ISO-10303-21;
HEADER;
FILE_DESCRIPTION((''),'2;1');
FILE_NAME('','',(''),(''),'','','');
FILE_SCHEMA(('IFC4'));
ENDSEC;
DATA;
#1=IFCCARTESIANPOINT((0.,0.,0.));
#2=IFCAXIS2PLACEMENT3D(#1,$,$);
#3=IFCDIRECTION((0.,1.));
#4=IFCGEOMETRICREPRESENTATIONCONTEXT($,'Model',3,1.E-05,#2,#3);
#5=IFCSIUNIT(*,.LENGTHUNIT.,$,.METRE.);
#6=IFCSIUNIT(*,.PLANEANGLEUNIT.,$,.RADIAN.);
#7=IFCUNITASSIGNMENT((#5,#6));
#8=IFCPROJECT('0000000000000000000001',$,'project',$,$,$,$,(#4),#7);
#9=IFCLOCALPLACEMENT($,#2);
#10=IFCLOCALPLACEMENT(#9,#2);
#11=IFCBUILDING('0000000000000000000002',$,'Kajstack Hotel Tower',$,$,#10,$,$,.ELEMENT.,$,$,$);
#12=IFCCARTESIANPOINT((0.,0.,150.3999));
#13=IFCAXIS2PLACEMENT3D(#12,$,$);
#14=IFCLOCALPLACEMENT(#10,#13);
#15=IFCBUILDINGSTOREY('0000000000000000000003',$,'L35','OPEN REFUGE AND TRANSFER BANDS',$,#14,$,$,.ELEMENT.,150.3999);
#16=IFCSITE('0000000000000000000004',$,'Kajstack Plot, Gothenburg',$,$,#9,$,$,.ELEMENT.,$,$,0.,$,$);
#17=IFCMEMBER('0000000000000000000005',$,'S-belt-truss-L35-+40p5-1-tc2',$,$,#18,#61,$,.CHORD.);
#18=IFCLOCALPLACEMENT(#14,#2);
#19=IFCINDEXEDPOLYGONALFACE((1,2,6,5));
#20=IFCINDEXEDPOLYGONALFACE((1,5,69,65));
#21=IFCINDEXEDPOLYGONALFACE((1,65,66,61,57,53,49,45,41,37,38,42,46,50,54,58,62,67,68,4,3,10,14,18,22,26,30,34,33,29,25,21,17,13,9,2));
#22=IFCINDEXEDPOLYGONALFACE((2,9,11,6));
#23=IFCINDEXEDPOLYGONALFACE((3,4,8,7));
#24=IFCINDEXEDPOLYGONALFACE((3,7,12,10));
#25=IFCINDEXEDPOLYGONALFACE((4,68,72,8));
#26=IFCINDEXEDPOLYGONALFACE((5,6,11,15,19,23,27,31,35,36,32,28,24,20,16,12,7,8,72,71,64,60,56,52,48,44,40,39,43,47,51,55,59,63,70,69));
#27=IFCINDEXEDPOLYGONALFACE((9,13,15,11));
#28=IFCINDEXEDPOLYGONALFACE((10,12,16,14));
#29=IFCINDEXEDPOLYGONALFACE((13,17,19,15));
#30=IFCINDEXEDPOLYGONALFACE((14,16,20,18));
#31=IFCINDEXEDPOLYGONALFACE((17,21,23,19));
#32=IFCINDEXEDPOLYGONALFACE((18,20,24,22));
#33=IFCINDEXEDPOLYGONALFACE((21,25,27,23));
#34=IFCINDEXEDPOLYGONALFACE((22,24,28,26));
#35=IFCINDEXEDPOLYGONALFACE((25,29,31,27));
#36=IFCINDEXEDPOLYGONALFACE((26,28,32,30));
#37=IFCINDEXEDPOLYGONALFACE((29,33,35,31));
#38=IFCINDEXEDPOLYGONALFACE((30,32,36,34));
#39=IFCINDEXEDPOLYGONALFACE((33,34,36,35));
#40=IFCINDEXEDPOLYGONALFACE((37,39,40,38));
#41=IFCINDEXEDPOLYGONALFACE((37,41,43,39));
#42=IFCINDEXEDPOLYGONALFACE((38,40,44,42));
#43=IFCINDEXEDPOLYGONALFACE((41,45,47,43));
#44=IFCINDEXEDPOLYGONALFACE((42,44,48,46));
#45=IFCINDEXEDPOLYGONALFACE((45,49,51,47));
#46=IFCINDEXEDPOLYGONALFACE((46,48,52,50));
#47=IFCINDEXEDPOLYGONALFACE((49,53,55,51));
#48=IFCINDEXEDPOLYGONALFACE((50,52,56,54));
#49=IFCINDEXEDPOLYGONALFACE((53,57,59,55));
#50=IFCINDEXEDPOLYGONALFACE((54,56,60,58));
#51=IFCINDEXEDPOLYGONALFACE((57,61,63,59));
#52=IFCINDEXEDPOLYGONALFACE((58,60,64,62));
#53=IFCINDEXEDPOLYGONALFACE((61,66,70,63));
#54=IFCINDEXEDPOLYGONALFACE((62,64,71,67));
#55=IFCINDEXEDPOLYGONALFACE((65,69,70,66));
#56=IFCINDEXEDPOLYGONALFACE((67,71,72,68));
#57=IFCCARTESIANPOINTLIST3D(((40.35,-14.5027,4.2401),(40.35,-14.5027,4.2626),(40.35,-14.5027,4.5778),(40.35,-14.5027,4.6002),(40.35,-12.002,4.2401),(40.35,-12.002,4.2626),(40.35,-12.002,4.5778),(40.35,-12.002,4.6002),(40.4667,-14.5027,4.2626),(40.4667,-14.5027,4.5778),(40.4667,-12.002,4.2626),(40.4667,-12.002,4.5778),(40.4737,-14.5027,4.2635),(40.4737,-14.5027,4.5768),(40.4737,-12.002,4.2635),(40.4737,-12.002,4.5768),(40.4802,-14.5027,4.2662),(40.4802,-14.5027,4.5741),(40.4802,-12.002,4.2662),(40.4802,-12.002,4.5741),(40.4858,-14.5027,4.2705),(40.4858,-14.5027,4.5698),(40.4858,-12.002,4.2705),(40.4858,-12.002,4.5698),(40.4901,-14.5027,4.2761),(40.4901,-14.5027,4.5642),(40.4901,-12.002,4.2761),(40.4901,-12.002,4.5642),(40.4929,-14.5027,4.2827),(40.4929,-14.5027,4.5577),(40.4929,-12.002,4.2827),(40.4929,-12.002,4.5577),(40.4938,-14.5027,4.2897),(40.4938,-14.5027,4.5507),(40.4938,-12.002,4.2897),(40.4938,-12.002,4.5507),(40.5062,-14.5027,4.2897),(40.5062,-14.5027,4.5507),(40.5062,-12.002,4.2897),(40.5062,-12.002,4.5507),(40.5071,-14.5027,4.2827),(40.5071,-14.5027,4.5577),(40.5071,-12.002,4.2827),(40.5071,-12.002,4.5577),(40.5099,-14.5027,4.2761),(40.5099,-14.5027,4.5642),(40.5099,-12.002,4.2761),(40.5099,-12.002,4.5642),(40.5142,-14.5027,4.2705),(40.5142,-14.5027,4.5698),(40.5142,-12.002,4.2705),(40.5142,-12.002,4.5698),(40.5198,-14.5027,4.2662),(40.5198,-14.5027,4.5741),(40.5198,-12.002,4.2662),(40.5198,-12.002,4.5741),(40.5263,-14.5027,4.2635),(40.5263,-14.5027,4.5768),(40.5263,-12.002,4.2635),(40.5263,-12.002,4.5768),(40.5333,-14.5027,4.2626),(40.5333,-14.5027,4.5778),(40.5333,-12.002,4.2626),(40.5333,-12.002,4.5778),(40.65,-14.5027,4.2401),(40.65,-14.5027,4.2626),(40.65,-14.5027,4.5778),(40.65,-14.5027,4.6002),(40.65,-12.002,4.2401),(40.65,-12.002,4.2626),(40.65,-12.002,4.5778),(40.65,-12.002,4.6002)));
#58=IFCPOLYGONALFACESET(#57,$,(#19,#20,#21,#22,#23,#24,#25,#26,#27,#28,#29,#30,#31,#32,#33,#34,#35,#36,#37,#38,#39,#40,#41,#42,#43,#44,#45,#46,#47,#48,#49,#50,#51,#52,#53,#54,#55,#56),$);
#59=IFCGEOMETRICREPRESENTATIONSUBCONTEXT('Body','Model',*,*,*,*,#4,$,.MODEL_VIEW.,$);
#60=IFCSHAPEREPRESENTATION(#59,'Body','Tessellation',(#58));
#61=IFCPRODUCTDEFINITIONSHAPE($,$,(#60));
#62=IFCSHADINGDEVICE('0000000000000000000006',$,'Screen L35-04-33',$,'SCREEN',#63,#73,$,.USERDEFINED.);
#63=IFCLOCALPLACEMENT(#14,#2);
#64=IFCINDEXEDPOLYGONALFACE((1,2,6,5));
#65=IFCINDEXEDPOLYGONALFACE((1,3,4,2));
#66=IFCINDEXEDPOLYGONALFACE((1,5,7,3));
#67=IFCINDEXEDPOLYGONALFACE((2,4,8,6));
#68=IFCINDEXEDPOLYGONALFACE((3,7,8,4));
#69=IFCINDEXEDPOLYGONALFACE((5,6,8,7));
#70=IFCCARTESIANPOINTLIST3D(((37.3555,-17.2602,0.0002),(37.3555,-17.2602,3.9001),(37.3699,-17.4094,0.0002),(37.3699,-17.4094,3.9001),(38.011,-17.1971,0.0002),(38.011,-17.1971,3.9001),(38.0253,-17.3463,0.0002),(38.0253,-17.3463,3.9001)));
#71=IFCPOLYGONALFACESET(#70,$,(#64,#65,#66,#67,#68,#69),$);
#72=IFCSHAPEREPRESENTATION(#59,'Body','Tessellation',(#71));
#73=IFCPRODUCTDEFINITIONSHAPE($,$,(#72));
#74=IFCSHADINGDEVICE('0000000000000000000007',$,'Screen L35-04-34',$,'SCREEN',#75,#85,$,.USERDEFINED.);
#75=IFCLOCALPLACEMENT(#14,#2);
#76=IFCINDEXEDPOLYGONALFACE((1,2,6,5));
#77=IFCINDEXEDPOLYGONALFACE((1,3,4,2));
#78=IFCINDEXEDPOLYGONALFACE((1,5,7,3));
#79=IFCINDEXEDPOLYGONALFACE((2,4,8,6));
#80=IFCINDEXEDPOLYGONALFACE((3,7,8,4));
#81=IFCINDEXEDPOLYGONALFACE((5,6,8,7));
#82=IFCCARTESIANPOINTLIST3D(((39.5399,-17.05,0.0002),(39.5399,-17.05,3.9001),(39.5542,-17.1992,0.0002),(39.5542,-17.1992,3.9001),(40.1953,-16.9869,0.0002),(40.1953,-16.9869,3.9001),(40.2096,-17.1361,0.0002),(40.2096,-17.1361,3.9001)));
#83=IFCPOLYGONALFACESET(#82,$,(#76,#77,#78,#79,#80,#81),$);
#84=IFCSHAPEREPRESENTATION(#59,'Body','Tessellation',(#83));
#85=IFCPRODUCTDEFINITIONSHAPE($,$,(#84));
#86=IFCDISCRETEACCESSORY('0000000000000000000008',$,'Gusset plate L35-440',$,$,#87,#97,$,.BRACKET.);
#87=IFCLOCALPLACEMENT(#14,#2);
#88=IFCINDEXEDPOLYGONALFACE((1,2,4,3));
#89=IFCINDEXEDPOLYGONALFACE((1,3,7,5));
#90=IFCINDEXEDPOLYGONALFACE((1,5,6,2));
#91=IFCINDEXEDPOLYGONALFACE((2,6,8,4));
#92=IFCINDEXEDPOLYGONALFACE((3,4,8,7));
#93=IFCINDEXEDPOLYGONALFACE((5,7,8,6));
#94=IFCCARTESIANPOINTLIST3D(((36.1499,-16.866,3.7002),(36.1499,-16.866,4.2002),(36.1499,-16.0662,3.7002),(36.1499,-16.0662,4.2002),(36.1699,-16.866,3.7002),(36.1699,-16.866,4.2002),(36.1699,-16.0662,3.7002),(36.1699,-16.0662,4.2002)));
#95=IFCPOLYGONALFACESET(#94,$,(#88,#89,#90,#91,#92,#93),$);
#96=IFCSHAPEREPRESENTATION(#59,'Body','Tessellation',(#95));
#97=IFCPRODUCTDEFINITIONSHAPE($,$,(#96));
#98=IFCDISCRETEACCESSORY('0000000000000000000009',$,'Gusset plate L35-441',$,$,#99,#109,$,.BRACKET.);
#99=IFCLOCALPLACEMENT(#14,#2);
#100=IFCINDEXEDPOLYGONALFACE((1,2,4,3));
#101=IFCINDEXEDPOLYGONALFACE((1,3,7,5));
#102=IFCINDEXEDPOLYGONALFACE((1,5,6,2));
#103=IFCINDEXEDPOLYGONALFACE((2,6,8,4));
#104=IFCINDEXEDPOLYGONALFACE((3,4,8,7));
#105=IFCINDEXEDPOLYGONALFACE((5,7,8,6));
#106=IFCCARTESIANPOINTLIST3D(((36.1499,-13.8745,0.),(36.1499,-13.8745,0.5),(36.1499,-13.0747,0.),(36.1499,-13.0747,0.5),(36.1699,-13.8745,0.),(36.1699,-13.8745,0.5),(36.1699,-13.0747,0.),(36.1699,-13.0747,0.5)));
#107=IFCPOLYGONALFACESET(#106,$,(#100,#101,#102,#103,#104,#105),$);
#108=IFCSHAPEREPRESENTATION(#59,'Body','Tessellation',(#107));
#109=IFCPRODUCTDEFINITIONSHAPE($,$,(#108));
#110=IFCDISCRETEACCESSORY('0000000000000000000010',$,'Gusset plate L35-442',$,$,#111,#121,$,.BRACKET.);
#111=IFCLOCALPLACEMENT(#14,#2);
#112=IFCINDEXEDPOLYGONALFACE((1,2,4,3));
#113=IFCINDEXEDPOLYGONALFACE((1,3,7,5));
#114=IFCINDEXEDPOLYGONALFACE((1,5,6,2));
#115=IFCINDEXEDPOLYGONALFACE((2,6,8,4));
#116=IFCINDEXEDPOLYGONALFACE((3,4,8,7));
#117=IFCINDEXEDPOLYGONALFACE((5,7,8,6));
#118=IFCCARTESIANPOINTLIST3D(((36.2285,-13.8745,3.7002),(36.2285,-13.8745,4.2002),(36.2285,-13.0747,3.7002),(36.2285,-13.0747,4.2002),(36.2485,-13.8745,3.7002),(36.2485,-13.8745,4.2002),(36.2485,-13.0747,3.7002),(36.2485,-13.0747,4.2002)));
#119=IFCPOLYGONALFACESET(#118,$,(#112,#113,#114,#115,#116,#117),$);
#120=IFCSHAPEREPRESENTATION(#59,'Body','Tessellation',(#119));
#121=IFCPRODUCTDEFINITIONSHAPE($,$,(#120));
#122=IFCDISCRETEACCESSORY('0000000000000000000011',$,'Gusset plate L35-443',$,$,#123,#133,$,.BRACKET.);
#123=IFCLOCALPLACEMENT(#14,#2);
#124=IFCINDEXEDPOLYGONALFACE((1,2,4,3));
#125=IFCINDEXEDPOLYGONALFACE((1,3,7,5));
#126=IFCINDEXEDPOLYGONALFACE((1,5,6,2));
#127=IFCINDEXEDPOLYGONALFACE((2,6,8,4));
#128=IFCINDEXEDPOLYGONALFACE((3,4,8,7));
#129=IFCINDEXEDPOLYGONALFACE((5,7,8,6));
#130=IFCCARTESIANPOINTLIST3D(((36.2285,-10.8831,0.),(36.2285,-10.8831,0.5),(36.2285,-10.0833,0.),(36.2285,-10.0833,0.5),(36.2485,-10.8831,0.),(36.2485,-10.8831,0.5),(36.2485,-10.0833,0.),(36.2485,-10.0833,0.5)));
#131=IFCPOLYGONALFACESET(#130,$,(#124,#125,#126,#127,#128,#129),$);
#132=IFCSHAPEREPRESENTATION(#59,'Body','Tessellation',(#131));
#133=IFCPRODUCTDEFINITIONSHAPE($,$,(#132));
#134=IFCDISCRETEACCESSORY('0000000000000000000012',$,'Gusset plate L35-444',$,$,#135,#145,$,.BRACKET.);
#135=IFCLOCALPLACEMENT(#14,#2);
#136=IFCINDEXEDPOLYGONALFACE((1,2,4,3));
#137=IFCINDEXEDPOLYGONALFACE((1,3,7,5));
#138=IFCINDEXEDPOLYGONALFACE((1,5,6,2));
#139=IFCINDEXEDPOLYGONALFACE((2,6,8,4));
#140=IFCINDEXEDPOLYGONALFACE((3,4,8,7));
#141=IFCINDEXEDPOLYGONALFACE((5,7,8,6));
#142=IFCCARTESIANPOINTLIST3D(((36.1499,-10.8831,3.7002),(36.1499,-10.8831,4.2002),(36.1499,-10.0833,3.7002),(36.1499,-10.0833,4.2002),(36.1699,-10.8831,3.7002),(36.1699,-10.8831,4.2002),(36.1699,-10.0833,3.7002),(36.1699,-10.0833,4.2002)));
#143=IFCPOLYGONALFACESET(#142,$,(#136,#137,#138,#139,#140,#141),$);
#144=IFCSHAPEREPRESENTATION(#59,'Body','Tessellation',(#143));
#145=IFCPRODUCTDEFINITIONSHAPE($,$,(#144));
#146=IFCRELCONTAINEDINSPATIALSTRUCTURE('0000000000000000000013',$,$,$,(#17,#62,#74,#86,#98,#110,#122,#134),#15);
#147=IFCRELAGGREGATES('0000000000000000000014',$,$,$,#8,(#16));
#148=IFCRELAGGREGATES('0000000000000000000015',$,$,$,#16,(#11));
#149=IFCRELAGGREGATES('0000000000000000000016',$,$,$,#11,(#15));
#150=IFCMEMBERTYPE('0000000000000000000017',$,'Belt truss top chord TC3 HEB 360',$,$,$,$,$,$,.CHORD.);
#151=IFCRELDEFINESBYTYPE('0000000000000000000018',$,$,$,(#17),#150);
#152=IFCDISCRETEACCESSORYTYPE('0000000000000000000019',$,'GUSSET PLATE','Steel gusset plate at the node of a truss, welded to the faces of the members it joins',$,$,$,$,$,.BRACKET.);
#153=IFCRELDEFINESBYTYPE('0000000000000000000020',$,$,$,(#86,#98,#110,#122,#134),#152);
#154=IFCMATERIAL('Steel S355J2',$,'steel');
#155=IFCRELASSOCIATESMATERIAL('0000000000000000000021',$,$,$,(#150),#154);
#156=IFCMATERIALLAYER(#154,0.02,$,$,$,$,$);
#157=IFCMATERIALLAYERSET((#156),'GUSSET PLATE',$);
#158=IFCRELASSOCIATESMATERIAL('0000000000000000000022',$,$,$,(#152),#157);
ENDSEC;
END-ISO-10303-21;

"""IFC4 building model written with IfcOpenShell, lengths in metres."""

from ifc_helpers import new_model, si_unit, direction, frame, origin, origin_2d, place, context, subcontext, project, spatial, polyline, rectangle, i_section, outline, extrude, material, layer, layer_set, material_profile, profile_set, type_object, element, save


model = new_model("IFC4")

# Units and contexts
model_context = context("Model", 3, precision=1e-05, world=origin(), true_north=direction((0.0, 1.0)))
body_context = subcontext(model_context, "Body", "Model", "MODEL_VIEW")
ifc_project = project(units=[si_unit("LENGTHUNIT", "METRE"), si_unit("PLANEANGLEUNIT", "RADIAN")], contexts=[model_context])

# Site, building, storey
site_placement = place(None, origin())
site = spatial("IfcSite", under=ifc_project, at=site_placement, Name="Kajstack Plot, Gothenburg", CompositionType="ELEMENT", RefElevation=0.0)
building_placement = place(site_placement, origin())
building = spatial("IfcBuilding", under=site, at=building_placement, Name="Kajstack Hotel Tower", CompositionType="ELEMENT")
storey_placement = place(building_placement, frame((0.0, 0.0, 150.3999)))
storey = spatial("IfcBuildingStorey", under=building, at=storey_placement, Name="L35", Description="OPEN REFUGE AND TRANSFER BANDS", CompositionType="ELEMENT", Elevation=150.3999)

# Member
ifc_material = material(Name="Steel S355J2", Category="steel")
ifc_material_profile_1 = material_profile(ifc_material, i_section(OverallWidth=0.3, OverallDepth=0.3601, WebThickness=0.0125, FlangeThickness=0.0225, FilletRadius=0.0271, at=origin_2d()), Name="HEB 360")
ifc_profile_set_1 = profile_set([ifc_material_profile_1], Name="Steel S355J2")
member_type_1 = type_object("IfcMemberType", Name="Belt truss top chord TC3 HEB 360", PredefinedType="CHORD", material=ifc_profile_set_1)
member_1_placement = place(storey_placement, frame((40.5, -14.5027, 4.4202), z_axis=(0.0, 1.0, 0.0), x_axis=(-1.0, 0.0, 0.0)))
element("IfcMember", 1, at=member_1_placement, inside=storey, type_object=member_type_1, Name="S-belt-truss-L35-+40p5-1-tc2", PredefinedType="CHORD", context=body_context, shape_type="SweptSolid", body=[
    extrude(i_section(OverallWidth=0.3, OverallDepth=0.3601, WebThickness=0.0125, FlangeThickness=0.0225, FilletRadius=0.0271, at=origin_2d()), origin(), (0.0, 0.0, 1.0), 2.5007),
])

# Shading devices
for number, where, z_axis, x_axis, name in (
    (2, (37.6904, -17.3032, 0.0002), (0.0, 0.0, 1.0), (0.995396, 0.095846, 0.0), "Screen L35-04-33"),
    (3, (39.8748, -17.093, 0.0002), (0.0, 0.0, 1.0), (0.995396, 0.095846, 0.0), "Screen L35-04-34"),
):
    element("IfcShadingDevice", number, at=place(storey_placement, frame(where, z_axis=z_axis, x_axis=x_axis)), inside=storey, Name=name, ObjectType="SCREEN", PredefinedType="USERDEFINED", context=body_context, shape_type="SweptSolid", body=[
        extrude(rectangle(XDim=0.6584, YDim=0.1499, at=origin_2d()), origin(), (0.0, 0.0, 1.0), 3.8999),
    ])

# Discrete accessories
ifc_layer = layer(ifc_material, 0.02)
ifc_layer_set = layer_set([ifc_layer], Name="GUSSET PLATE")
discrete_accessory_type = type_object("IfcDiscreteAccessoryType", Name="GUSSET PLATE", Description="Steel gusset plate at the node of a truss, welded to the faces of the members it joins", PredefinedType="BRACKET", material=ifc_layer_set)
for number, where, z_axis, x_axis, name in (
    (4, (36.1499, -16.4661, 3.7002), (1.0, 0.0, 0.0), (0.0, 1.0, 0.0), "Gusset plate L35-440"),
    (5, (36.1499, -13.4746, 0.0), (1.0, 0.0, 0.0), (0.0, 1.0, 0.0), "Gusset plate L35-441"),
    (6, (36.2285, -13.4746, 3.7002), (1.0, 0.0, 0.0), (0.0, 1.0, 0.0), "Gusset plate L35-442"),
    (7, (36.2285, -10.4832, 0.0), (1.0, 0.0, 0.0), (0.0, 1.0, 0.0), "Gusset plate L35-443"),
    (8, (36.1499, -10.4832, 3.7002), (1.0, 0.0, 0.0), (0.0, 1.0, 0.0), "Gusset plate L35-444"),
):
    element("IfcDiscreteAccessory", number, at=place(storey_placement, frame(where, z_axis=z_axis, x_axis=x_axis)), inside=storey, type_object=discrete_accessory_type, Name=name, PredefinedType="BRACKET", context=body_context, shape_type="SweptSolid", body=[
        extrude(outline(polyline([(-0.3999, 0.0), (0.3999, 0.0), (0.3999, 0.5), (-0.3999, 0.5), (-0.3999, 0.0)])), origin(), (0.0, 0.0, 1.0), 0.02),
    ])

save(model, "model.ifc")
